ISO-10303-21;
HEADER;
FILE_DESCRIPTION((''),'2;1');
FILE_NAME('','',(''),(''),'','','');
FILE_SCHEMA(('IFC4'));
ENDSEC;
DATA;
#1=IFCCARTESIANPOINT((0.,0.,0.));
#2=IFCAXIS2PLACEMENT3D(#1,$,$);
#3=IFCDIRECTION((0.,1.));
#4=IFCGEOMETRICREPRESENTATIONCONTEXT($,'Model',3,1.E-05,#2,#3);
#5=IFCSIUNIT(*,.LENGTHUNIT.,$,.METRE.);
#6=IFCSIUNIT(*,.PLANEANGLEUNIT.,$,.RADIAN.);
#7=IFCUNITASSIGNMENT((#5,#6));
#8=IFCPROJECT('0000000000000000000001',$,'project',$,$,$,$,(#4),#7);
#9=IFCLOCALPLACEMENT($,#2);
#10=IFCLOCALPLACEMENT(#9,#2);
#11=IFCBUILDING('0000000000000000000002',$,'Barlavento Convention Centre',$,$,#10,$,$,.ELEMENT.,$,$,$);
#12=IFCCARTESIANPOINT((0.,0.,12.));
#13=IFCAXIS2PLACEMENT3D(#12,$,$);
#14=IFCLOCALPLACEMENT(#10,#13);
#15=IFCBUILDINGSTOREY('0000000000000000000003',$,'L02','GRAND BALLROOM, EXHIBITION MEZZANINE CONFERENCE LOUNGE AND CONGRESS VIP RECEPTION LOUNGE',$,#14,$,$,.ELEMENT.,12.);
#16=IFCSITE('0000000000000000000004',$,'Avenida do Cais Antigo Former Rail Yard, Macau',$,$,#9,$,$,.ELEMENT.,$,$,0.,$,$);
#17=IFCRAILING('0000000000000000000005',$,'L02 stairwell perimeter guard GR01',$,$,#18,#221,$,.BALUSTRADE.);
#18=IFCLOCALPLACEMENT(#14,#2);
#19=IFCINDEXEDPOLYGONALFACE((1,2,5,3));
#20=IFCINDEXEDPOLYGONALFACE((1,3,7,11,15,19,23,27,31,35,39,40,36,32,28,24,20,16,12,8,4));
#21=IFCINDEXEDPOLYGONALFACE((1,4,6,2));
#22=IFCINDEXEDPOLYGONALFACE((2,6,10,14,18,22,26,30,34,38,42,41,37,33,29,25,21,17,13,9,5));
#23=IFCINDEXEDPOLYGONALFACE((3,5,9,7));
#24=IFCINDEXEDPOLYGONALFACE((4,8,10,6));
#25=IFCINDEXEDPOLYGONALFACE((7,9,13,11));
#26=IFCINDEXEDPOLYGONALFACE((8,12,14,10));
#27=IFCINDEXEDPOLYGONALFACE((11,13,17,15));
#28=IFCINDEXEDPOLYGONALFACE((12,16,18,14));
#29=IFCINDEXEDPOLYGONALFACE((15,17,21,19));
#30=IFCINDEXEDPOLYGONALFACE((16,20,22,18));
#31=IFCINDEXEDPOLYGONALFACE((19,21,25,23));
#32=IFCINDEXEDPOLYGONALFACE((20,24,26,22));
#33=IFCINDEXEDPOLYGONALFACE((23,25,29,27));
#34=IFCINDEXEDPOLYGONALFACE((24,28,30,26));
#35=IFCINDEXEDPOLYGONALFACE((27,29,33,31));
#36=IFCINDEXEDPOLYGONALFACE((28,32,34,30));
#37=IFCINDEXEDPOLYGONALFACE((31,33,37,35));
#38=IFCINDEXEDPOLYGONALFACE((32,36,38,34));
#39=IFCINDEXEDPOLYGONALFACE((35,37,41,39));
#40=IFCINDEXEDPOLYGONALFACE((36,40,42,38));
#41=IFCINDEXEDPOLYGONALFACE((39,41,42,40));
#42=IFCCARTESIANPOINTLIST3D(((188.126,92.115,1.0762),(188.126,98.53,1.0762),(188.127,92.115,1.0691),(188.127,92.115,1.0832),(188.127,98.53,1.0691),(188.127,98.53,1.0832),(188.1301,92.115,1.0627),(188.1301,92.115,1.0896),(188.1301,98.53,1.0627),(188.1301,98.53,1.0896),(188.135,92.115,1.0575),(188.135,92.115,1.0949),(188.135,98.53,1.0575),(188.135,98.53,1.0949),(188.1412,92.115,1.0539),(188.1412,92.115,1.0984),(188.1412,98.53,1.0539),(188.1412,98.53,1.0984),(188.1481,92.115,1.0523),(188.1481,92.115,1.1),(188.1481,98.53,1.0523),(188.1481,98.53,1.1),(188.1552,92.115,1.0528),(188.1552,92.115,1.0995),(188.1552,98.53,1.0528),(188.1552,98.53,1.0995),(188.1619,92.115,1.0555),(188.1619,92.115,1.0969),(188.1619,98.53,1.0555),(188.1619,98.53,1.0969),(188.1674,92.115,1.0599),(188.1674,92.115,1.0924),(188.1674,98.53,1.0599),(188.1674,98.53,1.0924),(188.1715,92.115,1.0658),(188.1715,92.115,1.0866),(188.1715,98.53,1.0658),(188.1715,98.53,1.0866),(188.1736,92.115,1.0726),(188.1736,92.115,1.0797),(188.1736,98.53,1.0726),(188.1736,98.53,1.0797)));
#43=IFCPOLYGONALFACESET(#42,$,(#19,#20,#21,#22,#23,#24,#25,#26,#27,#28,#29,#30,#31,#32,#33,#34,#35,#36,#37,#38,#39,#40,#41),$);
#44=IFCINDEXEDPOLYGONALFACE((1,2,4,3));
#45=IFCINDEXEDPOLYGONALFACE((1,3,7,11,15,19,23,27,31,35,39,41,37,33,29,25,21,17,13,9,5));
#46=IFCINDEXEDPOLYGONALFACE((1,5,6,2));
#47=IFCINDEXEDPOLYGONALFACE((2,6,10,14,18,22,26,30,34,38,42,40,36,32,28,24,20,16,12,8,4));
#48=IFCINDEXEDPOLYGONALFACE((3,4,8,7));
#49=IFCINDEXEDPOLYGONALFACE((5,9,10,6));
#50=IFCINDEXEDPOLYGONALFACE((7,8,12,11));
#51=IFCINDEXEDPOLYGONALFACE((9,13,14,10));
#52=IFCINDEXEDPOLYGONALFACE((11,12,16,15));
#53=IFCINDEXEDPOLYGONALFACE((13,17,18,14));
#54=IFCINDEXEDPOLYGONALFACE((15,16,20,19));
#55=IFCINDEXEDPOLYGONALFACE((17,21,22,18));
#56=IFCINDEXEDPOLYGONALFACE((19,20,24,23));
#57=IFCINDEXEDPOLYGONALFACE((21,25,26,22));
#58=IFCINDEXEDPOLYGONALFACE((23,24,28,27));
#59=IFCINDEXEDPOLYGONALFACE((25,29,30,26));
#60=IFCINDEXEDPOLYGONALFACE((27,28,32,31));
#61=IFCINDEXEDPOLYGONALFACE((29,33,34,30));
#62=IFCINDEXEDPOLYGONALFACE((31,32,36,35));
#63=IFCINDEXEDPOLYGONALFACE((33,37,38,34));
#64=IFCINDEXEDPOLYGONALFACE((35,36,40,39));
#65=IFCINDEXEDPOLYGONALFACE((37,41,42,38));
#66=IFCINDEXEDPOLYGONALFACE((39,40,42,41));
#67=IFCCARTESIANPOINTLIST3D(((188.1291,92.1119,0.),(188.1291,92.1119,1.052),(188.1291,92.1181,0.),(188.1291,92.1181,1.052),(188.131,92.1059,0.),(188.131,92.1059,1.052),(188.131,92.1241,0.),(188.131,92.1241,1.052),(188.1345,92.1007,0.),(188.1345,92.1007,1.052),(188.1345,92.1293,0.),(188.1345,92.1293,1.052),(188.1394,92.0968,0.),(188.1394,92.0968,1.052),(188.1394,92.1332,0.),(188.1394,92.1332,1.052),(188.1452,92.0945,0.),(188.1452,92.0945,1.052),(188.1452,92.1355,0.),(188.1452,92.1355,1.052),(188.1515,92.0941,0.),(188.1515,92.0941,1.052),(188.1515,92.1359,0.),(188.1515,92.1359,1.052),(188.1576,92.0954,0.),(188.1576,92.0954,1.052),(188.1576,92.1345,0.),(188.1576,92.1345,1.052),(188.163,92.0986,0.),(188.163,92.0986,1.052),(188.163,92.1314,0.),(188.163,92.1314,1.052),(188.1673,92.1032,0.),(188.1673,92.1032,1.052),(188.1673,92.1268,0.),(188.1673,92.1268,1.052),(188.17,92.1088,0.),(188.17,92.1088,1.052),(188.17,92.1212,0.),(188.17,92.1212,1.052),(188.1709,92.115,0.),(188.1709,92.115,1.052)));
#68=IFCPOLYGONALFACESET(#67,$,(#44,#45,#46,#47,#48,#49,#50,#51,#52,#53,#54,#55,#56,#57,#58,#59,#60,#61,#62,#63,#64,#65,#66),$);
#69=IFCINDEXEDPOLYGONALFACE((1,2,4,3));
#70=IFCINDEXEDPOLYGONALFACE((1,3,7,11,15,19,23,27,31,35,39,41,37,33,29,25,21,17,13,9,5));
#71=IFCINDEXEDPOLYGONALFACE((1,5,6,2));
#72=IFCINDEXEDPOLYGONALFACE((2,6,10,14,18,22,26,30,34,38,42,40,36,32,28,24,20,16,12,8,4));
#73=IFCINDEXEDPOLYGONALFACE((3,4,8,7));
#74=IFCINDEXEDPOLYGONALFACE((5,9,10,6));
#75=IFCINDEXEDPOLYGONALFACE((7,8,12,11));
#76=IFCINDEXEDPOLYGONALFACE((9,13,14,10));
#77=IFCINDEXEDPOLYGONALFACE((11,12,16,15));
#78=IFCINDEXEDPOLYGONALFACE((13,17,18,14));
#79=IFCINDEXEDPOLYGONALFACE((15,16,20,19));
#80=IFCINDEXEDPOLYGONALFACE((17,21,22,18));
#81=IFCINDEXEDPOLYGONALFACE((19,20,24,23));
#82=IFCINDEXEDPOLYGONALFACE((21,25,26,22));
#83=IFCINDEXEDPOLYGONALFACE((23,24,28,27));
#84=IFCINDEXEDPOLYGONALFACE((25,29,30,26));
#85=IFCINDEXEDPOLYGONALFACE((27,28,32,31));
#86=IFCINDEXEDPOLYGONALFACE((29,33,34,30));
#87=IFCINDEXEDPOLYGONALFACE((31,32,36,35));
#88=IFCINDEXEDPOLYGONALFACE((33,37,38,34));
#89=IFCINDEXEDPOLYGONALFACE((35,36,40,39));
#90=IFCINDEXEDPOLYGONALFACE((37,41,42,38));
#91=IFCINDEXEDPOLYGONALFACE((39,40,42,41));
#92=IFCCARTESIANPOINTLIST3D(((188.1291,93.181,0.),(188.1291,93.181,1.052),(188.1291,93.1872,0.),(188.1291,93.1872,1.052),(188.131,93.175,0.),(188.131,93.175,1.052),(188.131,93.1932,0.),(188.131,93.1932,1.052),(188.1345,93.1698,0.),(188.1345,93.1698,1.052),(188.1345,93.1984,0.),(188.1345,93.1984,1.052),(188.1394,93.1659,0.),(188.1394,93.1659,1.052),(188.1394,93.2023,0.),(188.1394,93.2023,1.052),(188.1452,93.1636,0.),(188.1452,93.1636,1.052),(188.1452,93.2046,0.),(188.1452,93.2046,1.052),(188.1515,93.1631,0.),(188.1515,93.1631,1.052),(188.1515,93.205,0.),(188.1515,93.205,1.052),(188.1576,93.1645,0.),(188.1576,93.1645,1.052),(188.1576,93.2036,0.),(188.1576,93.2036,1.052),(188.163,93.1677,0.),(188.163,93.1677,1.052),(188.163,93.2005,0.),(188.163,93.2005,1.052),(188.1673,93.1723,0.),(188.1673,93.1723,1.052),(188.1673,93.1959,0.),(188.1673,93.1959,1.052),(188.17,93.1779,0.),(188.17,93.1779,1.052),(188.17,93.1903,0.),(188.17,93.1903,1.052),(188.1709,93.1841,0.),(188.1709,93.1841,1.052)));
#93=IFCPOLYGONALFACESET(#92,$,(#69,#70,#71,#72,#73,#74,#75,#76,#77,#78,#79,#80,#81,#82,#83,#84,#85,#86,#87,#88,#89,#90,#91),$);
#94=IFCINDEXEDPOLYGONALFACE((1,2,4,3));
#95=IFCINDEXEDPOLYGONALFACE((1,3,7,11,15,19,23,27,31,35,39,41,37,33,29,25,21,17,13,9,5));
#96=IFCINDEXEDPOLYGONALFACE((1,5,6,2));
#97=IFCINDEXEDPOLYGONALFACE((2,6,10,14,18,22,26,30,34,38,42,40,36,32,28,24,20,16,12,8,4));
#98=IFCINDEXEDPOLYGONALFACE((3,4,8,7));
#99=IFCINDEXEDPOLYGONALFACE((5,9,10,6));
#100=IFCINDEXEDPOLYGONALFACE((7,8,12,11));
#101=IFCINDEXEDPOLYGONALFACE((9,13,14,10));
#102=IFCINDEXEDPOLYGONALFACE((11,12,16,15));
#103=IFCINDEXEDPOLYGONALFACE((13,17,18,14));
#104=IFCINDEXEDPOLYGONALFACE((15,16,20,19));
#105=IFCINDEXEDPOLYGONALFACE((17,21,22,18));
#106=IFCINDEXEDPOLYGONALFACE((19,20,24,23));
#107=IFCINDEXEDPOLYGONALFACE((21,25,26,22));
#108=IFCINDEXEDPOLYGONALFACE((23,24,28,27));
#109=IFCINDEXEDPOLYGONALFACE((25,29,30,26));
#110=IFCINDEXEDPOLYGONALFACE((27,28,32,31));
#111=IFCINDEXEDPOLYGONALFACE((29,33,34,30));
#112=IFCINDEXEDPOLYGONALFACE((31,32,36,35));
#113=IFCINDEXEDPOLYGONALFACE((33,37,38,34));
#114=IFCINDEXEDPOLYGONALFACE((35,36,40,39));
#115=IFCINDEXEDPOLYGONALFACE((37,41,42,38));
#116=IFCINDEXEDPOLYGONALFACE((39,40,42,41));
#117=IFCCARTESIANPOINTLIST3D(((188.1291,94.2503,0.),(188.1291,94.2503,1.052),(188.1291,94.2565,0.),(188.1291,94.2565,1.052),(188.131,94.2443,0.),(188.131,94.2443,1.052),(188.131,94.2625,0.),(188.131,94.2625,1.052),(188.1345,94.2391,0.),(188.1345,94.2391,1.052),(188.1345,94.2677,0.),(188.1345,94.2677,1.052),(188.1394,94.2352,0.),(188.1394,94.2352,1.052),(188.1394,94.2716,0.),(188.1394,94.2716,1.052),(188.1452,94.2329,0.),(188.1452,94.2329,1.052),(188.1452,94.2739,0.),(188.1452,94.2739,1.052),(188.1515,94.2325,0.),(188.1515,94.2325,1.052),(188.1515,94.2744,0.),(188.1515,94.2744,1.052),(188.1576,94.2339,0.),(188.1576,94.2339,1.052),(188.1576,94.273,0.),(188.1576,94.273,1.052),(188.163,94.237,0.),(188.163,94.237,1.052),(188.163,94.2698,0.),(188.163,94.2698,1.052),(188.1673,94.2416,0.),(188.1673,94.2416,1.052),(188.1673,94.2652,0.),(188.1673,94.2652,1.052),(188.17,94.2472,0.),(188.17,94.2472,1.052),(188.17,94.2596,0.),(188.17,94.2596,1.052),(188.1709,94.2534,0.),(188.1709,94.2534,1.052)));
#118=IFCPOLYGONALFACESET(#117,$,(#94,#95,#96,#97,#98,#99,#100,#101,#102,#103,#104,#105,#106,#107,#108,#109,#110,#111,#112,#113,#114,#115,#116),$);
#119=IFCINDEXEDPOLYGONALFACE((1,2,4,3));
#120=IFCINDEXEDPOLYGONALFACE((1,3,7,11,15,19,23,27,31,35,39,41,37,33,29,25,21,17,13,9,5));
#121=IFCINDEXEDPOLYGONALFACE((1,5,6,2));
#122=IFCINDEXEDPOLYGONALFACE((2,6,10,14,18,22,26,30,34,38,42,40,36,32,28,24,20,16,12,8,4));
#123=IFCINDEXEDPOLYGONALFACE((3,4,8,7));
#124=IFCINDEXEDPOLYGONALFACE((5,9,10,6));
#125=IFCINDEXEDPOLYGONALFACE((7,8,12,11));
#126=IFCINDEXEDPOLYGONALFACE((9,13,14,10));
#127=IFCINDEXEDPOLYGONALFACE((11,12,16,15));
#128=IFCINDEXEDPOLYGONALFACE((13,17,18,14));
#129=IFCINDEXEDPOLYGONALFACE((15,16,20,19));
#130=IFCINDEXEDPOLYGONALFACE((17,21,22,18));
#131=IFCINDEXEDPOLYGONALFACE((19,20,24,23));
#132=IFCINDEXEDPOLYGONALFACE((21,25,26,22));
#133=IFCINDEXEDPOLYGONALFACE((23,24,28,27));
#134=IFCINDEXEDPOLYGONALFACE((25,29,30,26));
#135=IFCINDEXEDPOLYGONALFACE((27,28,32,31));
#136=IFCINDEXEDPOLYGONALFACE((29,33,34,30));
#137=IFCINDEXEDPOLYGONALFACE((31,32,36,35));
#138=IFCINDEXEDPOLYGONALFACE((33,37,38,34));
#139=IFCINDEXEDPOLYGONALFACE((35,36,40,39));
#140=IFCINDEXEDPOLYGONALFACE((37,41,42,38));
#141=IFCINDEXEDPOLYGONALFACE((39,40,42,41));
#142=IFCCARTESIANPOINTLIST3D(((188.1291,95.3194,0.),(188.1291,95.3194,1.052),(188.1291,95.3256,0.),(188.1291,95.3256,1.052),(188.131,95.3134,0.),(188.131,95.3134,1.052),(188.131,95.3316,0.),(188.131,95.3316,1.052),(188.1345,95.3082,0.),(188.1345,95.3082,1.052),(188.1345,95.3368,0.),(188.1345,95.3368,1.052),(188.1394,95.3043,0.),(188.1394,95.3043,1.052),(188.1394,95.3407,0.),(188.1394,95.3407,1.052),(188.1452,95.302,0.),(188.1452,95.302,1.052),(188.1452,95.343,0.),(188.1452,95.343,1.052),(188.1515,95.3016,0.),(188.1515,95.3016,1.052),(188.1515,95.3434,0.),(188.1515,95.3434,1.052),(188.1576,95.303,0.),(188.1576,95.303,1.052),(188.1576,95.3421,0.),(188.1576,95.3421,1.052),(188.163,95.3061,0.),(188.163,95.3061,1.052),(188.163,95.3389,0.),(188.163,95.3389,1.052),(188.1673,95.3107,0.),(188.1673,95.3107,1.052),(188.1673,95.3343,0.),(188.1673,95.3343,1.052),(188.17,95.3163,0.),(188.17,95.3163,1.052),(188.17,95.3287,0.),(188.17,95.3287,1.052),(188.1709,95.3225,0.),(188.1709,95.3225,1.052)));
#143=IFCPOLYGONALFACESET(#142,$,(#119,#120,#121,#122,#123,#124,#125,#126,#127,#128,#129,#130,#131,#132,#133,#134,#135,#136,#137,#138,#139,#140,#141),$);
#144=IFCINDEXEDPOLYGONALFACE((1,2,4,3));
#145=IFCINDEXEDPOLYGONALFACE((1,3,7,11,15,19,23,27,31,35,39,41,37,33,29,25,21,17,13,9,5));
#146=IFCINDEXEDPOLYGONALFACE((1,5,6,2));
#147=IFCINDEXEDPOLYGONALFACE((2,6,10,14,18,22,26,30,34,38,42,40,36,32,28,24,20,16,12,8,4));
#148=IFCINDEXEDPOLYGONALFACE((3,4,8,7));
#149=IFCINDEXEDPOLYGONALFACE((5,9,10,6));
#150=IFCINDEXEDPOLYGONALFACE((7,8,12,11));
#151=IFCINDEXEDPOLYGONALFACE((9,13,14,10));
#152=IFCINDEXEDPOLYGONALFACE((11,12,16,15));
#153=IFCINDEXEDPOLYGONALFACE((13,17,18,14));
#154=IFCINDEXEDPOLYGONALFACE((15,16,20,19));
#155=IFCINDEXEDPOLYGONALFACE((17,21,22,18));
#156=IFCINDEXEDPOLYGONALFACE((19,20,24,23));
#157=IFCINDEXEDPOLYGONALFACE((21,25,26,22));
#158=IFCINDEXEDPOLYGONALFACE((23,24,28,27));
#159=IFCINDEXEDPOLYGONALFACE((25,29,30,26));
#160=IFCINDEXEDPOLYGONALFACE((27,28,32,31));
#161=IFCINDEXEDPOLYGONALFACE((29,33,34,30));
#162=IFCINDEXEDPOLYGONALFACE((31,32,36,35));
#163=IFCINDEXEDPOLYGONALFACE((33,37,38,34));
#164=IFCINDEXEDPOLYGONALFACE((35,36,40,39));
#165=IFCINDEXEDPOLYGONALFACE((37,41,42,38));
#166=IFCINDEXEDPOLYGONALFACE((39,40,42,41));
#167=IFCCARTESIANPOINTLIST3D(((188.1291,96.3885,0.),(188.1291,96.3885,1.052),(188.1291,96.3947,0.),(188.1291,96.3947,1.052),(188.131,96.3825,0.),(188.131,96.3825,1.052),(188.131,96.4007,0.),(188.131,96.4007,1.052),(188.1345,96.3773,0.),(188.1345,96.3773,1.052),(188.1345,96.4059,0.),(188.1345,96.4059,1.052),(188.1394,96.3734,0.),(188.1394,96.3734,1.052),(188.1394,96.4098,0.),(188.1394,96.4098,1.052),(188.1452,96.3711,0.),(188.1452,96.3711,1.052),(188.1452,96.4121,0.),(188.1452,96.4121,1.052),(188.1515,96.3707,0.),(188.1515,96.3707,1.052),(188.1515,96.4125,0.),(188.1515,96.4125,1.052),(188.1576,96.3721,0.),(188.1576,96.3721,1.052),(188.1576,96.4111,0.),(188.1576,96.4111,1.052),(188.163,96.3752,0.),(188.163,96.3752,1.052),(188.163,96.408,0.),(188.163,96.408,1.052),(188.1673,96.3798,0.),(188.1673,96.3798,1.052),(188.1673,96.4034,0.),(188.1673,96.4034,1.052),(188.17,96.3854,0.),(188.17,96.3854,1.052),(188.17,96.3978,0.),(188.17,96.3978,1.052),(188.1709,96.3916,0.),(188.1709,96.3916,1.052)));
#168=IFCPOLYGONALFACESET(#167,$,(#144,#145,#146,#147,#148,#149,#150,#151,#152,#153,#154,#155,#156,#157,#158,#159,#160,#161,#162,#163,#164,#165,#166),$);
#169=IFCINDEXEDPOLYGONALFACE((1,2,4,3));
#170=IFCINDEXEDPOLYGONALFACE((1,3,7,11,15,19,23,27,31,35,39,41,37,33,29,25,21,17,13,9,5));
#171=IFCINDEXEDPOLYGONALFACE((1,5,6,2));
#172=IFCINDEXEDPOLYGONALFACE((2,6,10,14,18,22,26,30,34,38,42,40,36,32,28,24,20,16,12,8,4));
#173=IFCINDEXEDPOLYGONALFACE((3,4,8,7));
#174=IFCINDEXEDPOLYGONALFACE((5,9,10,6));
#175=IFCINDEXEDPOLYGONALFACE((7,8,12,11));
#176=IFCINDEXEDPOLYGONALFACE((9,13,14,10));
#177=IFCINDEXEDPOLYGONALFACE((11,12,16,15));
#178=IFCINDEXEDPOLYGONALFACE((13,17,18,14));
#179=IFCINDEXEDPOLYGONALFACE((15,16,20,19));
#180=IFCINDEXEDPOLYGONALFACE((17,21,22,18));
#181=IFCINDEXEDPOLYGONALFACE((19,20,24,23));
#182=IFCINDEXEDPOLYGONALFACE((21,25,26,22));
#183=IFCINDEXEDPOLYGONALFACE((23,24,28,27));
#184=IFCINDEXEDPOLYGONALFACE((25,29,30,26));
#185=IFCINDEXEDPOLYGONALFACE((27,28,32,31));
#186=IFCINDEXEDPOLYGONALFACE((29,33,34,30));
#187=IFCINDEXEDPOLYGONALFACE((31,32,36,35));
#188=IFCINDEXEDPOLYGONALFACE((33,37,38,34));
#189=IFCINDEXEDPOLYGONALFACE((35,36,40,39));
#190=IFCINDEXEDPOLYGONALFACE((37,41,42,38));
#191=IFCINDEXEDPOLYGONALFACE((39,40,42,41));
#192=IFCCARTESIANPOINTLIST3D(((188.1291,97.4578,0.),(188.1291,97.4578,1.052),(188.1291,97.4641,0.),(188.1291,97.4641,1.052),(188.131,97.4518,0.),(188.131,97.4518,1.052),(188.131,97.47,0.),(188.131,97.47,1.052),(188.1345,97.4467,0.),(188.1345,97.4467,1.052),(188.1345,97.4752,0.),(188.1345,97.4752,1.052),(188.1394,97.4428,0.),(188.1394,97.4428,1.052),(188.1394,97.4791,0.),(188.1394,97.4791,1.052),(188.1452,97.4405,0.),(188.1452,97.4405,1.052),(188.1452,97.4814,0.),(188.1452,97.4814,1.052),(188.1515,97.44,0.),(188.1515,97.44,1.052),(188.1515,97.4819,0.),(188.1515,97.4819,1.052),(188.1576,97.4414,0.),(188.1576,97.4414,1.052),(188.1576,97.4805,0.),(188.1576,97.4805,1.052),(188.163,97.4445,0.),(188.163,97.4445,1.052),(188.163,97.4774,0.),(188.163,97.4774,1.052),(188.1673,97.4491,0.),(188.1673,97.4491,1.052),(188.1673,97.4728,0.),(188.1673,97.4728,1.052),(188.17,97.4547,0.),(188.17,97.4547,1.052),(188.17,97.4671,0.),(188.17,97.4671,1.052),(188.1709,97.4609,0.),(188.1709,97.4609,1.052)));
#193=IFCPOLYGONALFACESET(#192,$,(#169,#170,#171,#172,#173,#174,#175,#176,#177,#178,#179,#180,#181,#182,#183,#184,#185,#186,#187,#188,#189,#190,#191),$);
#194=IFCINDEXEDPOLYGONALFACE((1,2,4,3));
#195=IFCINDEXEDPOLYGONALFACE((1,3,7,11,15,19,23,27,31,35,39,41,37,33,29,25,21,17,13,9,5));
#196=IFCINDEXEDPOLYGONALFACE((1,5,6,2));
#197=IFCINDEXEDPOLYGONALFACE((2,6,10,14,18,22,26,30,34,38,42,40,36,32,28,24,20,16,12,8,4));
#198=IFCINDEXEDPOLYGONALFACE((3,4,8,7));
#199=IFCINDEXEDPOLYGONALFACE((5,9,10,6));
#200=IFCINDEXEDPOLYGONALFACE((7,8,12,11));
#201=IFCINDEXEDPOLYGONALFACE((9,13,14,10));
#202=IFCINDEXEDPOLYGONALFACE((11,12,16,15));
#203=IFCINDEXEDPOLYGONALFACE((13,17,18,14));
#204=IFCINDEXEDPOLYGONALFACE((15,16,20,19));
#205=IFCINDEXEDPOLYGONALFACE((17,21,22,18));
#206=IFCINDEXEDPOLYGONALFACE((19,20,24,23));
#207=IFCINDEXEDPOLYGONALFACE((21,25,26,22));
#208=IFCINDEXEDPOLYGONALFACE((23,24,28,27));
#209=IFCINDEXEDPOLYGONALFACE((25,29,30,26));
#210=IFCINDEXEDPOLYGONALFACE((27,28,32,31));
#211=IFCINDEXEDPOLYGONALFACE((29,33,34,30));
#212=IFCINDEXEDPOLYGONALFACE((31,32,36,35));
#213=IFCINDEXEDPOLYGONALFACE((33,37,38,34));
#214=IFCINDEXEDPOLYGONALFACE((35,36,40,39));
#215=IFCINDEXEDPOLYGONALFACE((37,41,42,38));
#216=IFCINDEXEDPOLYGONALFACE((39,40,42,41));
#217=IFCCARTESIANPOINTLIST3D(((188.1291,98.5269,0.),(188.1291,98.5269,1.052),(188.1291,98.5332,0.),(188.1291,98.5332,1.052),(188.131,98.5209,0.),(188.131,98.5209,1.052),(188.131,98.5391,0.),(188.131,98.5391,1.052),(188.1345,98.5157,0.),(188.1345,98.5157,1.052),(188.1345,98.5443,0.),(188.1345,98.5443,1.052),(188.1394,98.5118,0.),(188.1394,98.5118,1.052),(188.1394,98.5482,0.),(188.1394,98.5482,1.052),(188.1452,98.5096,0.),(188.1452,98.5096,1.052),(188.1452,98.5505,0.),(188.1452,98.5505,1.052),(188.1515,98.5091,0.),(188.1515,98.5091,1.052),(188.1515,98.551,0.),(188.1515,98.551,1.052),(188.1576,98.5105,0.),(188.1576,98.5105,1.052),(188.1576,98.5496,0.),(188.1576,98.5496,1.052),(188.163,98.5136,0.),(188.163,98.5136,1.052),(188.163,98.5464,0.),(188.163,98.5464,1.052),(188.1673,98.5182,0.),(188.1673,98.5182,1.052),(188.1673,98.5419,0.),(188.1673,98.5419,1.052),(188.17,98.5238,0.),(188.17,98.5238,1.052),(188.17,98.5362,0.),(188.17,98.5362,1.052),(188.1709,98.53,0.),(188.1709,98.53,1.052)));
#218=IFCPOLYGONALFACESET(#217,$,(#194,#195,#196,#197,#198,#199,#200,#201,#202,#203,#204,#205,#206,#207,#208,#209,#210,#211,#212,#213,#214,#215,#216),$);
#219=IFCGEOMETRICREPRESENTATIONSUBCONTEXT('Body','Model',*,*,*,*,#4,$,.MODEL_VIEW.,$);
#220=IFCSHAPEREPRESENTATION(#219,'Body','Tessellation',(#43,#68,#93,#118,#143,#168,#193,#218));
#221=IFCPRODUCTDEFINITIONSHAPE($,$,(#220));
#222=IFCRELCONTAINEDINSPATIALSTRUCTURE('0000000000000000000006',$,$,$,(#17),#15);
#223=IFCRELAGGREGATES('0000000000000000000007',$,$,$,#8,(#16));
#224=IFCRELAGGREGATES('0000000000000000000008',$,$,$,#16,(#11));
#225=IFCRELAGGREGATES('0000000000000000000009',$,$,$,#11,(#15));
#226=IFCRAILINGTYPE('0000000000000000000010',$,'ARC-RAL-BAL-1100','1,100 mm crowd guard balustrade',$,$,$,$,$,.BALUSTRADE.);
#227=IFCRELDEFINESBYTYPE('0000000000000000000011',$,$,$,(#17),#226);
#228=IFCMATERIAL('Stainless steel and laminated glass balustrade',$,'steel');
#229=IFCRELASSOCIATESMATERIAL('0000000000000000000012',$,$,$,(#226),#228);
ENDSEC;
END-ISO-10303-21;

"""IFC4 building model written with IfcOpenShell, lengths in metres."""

from ifc_helpers import new_model, si_unit, direction, frame, origin, origin_2d, place, context, subcontext, project, spatial, circle, extrude, material, type_object, element, save


model = new_model("IFC4")

# Units and contexts
model_context = context("Model", 3, precision=1e-05, world=origin(), true_north=direction((0.0, 1.0)))
body_context = subcontext(model_context, "Body", "Model", "MODEL_VIEW")
ifc_project = project(units=[si_unit("LENGTHUNIT", "METRE"), si_unit("PLANEANGLEUNIT", "RADIAN")], contexts=[model_context])

# Site, building, storey
site_placement = place(None, origin())
site = spatial("IfcSite", under=ifc_project, at=site_placement, Name="Avenida do Cais Antigo Former Rail Yard, Macau", CompositionType="ELEMENT", RefElevation=0.0)
building_placement = place(site_placement, origin())
building = spatial("IfcBuilding", under=site, at=building_placement, Name="Barlavento Convention Centre", CompositionType="ELEMENT")
storey_placement = place(building_placement, frame((0.0, 0.0, 12.0)))
storey = spatial("IfcBuildingStorey", under=building, at=storey_placement, Name="L02", Description="GRAND BALLROOM, EXHIBITION MEZZANINE CONFERENCE LOUNGE AND CONGRESS VIP RECEPTION LOUNGE", CompositionType="ELEMENT", Elevation=12.0)

# Railing
ifc_material_1 = material(Name="Stainless steel and laminated glass balustrade", Category="steel")
railing_type_1 = type_object("IfcRailingType", Name="ARC-RAL-BAL-1100", Description="1,100 mm crowd guard balustrade", PredefinedType="BALUSTRADE", material=ifc_material_1)
railing_1_placement = place(storey_placement, frame((188.1499, 92.115, 0.0)))
element("IfcRailing", 1, at=railing_1_placement, inside=storey, type_object=railing_type_1, Name="L02 stairwell perimeter guard GR01", PredefinedType="BALUSTRADE", context=body_context, shape_type="SweptSolid", body=[
    extrude(circle(Radius=0.0239, at=origin_2d()), frame((0.0, 0.0, 1.0762), z_axis=(0.0, 1.0, 0.0), x_axis=(-1.0, 0.0, 0.0)), (0.0, 0.0, 1.0), 6.415),
    extrude(circle(Radius=0.021, at=origin_2d()), origin(), (0.0, 0.0, 1.0), 1.052),
    extrude(circle(Radius=0.021, at=origin_2d()), frame((0.0, 1.0691, 0.0)), (0.0, 0.0, 1.0), 1.052),
    extrude(circle(Radius=0.021, at=origin_2d()), frame((0.0, 2.1384, 0.0)), (0.0, 0.0, 1.0), 1.052),
    extrude(circle(Radius=0.021, at=origin_2d()), frame((0.0, 3.2075, 0.0)), (0.0, 0.0, 1.0), 1.052),
    extrude(circle(Radius=0.021, at=origin_2d()), frame((0.0, 4.2766, 0.0)), (0.0, 0.0, 1.0), 1.052),
    extrude(circle(Radius=0.021, at=origin_2d()), frame((0.0, 5.3459, 0.0)), (0.0, 0.0, 1.0), 1.052),
    extrude(circle(Radius=0.021, at=origin_2d()), frame((0.0, 6.415, 0.0)), (0.0, 0.0, 1.0), 1.052),
])

save(model, "model.ifc")
